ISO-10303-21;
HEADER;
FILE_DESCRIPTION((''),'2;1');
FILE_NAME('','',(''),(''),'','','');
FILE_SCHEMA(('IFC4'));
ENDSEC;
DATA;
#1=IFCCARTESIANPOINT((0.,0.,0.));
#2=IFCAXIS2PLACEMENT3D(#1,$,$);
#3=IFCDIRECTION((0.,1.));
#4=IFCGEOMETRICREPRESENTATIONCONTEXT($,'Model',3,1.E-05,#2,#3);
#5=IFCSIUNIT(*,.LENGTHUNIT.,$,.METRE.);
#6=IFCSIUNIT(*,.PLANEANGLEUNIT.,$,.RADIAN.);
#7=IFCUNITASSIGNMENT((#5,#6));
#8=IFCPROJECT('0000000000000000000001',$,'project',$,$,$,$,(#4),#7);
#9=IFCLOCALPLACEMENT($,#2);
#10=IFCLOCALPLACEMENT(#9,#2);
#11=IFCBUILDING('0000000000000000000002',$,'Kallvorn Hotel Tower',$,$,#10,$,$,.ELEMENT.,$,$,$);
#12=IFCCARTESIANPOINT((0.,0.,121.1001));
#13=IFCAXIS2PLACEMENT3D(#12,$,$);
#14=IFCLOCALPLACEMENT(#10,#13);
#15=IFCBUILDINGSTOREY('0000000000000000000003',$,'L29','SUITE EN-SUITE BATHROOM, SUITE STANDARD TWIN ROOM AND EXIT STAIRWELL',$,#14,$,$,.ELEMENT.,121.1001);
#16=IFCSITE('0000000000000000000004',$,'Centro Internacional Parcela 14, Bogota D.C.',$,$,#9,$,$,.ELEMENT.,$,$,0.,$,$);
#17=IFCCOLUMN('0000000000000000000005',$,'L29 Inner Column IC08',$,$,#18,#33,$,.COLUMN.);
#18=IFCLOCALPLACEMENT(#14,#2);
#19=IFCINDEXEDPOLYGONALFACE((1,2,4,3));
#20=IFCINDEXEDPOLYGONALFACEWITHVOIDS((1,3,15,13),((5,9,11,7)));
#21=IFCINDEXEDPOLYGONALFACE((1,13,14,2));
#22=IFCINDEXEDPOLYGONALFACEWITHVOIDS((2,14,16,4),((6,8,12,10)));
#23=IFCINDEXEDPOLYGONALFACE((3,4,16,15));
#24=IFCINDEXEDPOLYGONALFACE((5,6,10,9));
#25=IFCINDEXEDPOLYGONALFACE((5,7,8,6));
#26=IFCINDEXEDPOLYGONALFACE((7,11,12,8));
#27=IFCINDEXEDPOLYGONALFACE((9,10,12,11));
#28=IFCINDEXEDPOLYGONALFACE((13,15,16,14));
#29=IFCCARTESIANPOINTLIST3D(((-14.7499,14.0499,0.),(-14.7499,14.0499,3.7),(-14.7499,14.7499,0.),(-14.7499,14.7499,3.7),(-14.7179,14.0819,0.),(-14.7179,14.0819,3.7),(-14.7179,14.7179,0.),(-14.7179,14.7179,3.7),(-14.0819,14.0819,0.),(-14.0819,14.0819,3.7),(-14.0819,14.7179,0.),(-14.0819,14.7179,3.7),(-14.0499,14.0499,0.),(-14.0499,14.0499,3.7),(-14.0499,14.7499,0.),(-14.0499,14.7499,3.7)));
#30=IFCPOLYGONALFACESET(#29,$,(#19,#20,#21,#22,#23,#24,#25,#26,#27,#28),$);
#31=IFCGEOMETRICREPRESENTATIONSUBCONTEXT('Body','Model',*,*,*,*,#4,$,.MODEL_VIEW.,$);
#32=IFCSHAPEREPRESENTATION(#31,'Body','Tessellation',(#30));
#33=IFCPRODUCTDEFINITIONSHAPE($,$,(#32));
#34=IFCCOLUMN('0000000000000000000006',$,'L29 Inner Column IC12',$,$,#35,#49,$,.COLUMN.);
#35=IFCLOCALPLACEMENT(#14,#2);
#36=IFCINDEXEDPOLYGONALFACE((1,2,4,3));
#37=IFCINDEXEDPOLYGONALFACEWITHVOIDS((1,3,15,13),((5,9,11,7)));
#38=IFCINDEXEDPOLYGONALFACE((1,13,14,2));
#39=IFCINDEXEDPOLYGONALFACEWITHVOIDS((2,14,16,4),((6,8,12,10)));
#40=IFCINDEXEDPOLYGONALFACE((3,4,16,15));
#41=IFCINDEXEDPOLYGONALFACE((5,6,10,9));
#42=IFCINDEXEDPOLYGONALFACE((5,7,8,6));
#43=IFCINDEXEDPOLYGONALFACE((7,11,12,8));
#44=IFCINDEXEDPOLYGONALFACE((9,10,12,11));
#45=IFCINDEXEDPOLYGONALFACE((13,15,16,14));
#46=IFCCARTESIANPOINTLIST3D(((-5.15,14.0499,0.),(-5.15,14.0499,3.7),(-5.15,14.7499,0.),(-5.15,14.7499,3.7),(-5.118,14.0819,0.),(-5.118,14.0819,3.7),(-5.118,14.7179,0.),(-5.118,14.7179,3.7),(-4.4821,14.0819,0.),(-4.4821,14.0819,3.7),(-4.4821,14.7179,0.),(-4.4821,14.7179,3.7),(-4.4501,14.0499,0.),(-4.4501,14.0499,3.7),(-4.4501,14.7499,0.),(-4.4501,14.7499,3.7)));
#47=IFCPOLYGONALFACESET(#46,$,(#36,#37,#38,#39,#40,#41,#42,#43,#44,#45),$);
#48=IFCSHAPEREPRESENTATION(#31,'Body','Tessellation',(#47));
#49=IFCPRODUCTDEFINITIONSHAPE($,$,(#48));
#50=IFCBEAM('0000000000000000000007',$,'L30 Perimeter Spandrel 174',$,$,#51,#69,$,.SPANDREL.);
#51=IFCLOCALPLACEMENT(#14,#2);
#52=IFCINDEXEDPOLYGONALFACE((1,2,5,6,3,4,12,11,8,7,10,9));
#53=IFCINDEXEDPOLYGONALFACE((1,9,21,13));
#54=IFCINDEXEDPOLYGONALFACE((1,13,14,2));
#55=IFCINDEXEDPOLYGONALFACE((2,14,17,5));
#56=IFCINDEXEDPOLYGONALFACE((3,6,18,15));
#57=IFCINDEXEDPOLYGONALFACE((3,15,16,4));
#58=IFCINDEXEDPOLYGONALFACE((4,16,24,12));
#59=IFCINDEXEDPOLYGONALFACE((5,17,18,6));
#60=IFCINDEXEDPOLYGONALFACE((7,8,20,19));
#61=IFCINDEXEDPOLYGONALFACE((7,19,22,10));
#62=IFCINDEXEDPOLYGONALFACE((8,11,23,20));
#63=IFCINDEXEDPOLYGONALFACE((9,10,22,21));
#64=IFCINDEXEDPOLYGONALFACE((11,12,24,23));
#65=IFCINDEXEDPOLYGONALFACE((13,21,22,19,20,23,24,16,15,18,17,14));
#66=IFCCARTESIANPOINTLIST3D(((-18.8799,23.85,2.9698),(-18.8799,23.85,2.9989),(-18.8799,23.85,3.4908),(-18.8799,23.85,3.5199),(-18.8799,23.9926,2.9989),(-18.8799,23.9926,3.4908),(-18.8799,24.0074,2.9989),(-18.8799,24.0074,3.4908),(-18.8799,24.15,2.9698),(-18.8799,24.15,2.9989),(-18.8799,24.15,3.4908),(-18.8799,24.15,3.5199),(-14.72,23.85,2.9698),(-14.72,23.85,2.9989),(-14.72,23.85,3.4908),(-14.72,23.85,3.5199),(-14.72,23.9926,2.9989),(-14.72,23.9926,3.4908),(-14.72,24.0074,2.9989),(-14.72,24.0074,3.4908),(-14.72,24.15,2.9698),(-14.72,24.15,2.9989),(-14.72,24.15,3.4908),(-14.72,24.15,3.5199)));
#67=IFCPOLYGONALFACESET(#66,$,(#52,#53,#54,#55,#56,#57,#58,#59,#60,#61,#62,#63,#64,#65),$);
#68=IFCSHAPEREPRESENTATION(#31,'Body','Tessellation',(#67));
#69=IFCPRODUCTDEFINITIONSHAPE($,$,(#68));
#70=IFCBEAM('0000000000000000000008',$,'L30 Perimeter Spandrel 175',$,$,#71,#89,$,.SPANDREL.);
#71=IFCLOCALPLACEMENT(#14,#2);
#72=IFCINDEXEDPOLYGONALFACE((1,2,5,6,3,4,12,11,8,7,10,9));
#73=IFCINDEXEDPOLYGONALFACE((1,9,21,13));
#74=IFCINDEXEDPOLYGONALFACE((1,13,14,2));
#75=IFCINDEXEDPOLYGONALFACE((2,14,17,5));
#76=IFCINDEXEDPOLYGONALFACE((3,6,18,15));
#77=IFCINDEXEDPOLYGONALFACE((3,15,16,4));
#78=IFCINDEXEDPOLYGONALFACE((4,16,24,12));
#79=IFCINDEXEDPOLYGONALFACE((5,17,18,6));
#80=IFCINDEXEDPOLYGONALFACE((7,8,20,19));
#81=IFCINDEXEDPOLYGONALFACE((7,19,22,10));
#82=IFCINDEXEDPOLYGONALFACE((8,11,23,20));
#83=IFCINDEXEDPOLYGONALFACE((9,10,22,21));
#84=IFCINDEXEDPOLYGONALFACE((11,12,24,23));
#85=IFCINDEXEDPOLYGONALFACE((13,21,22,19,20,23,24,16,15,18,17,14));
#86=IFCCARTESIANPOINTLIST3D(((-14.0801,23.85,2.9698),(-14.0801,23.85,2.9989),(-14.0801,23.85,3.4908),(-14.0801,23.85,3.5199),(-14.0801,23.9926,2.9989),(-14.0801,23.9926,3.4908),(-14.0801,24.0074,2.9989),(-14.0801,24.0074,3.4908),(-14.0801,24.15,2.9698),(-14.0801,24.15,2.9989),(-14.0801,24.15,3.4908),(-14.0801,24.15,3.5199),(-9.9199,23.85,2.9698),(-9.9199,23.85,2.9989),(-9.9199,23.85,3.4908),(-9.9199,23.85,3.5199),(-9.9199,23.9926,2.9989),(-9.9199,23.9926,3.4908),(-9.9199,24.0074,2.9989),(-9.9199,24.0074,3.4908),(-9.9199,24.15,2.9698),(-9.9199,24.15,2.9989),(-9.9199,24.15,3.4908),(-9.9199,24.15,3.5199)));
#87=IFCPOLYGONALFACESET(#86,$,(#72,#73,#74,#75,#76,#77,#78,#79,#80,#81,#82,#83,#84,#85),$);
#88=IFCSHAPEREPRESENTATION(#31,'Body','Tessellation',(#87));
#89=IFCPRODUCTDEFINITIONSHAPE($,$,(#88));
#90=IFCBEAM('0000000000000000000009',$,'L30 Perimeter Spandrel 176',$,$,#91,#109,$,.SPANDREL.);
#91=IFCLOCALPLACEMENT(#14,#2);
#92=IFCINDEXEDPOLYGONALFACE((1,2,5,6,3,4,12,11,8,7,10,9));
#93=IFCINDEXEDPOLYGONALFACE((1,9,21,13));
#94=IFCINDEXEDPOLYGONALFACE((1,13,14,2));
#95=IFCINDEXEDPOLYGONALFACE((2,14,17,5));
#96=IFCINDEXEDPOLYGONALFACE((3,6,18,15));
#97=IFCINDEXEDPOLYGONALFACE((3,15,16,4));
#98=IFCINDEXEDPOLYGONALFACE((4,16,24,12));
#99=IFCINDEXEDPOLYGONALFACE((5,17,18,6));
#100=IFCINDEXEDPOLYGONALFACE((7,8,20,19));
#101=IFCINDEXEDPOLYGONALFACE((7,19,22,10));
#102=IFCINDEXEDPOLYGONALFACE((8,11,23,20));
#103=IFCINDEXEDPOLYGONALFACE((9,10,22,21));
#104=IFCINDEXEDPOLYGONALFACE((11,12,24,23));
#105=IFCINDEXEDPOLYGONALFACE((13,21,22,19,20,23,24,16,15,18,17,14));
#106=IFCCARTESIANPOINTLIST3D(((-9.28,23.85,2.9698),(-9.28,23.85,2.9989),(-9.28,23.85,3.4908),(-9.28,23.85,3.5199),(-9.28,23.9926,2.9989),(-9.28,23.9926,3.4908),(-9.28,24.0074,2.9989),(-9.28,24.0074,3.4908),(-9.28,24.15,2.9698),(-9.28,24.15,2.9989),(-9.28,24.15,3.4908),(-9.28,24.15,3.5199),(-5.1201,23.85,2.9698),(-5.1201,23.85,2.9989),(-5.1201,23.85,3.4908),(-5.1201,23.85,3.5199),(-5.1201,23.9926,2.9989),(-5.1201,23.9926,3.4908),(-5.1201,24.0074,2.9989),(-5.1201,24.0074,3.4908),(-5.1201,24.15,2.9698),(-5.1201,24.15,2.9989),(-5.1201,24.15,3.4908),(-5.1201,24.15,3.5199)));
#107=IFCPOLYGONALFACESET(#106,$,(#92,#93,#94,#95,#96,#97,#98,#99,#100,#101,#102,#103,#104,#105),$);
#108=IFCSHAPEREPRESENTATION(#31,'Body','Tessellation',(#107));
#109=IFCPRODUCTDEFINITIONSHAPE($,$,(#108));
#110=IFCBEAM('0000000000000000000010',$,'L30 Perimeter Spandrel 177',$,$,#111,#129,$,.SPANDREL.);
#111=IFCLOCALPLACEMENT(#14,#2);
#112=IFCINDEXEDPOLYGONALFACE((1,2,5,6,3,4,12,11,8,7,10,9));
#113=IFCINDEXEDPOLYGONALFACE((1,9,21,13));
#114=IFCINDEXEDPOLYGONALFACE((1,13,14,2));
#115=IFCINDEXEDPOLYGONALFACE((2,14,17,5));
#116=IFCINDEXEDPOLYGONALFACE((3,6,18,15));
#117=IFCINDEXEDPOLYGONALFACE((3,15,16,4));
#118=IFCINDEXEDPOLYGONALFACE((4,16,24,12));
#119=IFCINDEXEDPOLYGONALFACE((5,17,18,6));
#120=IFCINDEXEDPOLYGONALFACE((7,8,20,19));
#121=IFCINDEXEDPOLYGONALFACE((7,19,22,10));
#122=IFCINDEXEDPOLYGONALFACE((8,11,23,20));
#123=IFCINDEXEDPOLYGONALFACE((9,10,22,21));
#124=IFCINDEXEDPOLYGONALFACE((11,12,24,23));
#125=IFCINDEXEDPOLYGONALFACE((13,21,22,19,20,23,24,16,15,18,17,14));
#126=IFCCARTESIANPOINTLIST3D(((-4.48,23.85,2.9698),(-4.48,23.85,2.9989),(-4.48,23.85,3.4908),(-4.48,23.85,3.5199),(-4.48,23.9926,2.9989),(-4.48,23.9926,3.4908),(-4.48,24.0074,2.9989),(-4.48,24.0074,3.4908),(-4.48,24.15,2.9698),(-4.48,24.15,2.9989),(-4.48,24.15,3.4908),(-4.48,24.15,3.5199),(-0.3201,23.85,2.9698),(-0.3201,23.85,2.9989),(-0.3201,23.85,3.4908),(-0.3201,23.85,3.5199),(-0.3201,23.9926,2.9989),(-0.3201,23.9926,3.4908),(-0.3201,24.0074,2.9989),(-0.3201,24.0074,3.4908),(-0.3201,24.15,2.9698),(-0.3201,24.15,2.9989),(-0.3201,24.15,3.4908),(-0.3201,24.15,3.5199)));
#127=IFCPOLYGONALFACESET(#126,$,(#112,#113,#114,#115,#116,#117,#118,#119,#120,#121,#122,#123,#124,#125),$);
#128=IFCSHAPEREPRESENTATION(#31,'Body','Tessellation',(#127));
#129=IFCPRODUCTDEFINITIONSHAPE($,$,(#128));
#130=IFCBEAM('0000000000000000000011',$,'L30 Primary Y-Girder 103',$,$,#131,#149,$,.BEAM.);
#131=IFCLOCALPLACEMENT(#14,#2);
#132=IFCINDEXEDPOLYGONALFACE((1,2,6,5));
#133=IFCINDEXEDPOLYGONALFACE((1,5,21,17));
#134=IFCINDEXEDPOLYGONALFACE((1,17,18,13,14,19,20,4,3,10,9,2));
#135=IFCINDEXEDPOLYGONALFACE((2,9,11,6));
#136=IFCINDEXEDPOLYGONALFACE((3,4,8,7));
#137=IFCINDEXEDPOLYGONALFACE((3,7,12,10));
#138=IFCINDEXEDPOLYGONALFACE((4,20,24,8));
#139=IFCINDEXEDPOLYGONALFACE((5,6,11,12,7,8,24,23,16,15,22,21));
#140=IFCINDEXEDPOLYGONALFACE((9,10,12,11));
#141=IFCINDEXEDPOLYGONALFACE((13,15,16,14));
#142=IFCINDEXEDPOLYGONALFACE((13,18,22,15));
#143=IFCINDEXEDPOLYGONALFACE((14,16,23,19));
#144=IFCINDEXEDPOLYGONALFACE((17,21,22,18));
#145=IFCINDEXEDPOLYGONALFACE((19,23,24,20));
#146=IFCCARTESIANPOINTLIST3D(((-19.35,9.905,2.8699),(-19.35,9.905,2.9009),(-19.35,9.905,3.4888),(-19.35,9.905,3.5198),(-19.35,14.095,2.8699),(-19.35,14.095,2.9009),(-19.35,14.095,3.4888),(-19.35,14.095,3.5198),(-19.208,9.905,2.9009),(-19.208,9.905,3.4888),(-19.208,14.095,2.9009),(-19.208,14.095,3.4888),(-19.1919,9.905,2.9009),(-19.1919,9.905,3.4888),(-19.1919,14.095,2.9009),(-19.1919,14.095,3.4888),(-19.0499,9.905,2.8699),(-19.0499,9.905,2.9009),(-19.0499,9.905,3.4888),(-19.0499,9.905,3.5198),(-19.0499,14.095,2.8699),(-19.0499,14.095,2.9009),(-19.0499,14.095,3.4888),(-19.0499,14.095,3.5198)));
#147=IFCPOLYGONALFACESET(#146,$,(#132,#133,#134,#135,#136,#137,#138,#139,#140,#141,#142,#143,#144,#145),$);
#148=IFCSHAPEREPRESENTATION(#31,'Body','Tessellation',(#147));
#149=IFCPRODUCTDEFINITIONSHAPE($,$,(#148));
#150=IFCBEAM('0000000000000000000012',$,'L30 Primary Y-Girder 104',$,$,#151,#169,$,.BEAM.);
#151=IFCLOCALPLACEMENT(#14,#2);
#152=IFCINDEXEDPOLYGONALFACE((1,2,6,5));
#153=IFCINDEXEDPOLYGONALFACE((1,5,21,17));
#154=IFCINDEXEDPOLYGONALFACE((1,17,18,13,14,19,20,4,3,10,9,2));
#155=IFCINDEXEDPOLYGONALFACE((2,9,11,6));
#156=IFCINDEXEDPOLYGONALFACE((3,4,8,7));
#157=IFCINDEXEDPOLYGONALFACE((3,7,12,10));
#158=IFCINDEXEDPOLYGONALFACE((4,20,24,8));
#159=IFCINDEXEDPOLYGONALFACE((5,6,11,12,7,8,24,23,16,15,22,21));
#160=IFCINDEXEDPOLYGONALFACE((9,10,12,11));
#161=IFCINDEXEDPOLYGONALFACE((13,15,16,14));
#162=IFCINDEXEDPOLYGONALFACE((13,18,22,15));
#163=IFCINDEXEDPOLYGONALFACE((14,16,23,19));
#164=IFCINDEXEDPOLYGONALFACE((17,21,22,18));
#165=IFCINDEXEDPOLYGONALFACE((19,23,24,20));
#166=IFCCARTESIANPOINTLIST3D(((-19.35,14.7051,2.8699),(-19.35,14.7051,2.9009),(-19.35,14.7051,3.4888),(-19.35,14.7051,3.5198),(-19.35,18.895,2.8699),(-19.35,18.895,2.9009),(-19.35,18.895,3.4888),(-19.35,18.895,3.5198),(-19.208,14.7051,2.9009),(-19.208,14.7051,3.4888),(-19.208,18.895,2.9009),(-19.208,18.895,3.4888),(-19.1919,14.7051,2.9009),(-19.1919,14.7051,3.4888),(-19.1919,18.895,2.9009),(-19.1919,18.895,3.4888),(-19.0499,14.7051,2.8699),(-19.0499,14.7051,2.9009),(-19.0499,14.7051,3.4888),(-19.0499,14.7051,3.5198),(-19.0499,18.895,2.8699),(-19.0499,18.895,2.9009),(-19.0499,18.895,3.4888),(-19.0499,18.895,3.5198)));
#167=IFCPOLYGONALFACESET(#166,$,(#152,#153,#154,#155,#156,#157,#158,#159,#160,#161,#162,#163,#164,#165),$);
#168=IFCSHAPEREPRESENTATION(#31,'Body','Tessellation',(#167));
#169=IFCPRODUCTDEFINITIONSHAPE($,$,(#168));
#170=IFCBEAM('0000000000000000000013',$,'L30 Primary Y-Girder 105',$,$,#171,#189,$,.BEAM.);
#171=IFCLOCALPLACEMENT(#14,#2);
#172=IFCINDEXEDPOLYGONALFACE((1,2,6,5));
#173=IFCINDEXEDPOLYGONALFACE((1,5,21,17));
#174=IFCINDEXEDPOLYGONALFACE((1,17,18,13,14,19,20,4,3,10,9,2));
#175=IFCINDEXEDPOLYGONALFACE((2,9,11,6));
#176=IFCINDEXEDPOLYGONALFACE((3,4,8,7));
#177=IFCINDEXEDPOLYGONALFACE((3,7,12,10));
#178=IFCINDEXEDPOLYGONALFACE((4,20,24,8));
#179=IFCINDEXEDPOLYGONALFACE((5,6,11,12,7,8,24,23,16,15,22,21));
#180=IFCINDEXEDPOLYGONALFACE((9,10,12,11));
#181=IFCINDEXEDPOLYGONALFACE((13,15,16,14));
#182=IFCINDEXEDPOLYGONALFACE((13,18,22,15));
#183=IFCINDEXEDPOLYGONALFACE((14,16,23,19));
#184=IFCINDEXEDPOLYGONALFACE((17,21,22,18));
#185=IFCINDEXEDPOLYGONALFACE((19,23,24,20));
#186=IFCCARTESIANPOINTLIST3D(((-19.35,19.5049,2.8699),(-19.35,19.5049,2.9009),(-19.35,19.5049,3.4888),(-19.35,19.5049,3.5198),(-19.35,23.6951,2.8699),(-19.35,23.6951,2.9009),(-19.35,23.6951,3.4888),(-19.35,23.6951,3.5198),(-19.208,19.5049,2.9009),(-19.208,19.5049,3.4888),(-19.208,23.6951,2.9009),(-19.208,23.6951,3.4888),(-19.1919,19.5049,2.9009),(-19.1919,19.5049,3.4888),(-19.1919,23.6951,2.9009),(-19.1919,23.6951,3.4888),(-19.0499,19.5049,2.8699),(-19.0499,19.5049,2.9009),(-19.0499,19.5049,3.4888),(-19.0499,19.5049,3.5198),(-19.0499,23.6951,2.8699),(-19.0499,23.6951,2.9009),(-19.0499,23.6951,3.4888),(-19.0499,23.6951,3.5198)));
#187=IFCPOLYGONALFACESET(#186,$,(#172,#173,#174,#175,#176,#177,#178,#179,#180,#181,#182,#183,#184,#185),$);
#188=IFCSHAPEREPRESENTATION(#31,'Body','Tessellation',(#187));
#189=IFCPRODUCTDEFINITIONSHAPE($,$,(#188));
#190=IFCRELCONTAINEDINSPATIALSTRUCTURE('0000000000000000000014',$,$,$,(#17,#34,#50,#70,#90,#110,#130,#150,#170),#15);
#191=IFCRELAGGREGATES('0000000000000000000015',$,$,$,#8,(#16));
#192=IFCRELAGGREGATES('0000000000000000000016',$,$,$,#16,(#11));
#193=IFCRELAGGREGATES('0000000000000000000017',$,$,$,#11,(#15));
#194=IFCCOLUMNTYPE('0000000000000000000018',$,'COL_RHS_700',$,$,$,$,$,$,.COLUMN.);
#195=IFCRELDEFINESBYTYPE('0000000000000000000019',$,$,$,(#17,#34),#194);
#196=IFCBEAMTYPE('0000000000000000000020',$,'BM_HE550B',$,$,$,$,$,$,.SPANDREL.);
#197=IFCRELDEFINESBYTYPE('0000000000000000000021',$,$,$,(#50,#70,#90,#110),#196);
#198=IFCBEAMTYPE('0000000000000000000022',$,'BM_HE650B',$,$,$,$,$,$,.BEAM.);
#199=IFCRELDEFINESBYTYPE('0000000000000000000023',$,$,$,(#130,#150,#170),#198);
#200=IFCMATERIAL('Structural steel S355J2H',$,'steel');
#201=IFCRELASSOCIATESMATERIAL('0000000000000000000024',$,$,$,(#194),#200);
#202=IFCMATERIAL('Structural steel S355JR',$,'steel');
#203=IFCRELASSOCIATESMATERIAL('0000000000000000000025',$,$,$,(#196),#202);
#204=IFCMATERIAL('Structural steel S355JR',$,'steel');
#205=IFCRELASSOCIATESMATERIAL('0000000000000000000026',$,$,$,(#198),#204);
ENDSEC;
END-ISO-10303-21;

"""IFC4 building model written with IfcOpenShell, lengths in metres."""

from ifc_helpers import new_model, si_unit, direction, frame, origin, origin_2d, place, context, subcontext, project, spatial, hollow_rectangle, i_section, extrude, material, material_profile, profile_set, type_object, element, save


model = new_model("IFC4")

# Units and contexts
model_context = context("Model", 3, precision=1e-05, world=origin(), true_north=direction((0.0, 1.0)))
body_context = subcontext(model_context, "Body", "Model", "MODEL_VIEW")
ifc_project = project(units=[si_unit("LENGTHUNIT", "METRE"), si_unit("PLANEANGLEUNIT", "RADIAN")], contexts=[model_context])

# Site, building, storey
site_placement = place(None, origin())
site = spatial("IfcSite", under=ifc_project, at=site_placement, Name="Centro Internacional Parcela 14, Bogota D.C.", CompositionType="ELEMENT", RefElevation=0.0)
building_placement = place(site_placement, origin())
building = spatial("IfcBuilding", under=site, at=building_placement, Name="Kallvorn Hotel Tower", CompositionType="ELEMENT")
storey_placement = place(building_placement, frame((0.0, 0.0, 121.1001)))
storey = spatial("IfcBuildingStorey", under=building, at=storey_placement, Name="L29", Description="SUITE EN-SUITE BATHROOM, SUITE STANDARD TWIN ROOM AND EXIT STAIRWELL", CompositionType="ELEMENT", Elevation=121.1001)

# Columns
ifc_material_1 = material(Name="Structural steel S355J2H", Category="steel")
ifc_material_profile_1 = material_profile(ifc_material_1, hollow_rectangle(XDim=0.7, YDim=0.7, WallThickness=0.032, at=origin_2d()), Name="RHS 700x700x32")
ifc_profile_set_1 = profile_set([ifc_material_profile_1], Name="Structural steel S355J2H")
column_type_1 = type_object("IfcColumnType", Name="COL_RHS_700", PredefinedType="COLUMN", material=ifc_profile_set_1)
for number, where, z_axis, x_axis, name in (
    (1, (-14.3999, 14.3999, 0.0), (0.0, 0.0, 1.0), (1.0, 0.0, 0.0), "L29 Inner Column IC08"),
    (2, (-4.8, 14.3999, 0.0), (0.0, 0.0, 1.0), (1.0, 0.0, 0.0), "L29 Inner Column IC12"),
):
    element("IfcColumn", number, at=place(storey_placement, frame(where, z_axis=z_axis, x_axis=x_axis)), inside=storey, type_object=column_type_1, Name=name, PredefinedType="COLUMN", context=body_context, shape_type="SweptSolid", body=[
        extrude(hollow_rectangle(XDim=0.7, YDim=0.7, WallThickness=0.032, at=origin_2d()), origin(), (0.0, 0.0, 1.0), 3.7),
    ])

# Beams
ifc_material_2 = material(Name="Structural steel S355JR", Category="steel")
ifc_material_profile_2 = material_profile(ifc_material_2, i_section(OverallWidth=0.3, OverallDepth=0.55, WebThickness=0.0149, FlangeThickness=0.0291, at=origin_2d()), Name="HE 550 B")
ifc_profile_set_2 = profile_set([ifc_material_profile_2], Name="Structural steel S355JR")
beam_type_1 = type_object("IfcBeamType", Name="BM_HE550B", PredefinedType="SPANDREL", material=ifc_profile_set_2)
beam_1_placement = place(storey_placement, frame((-18.8799, 24.0, 3.2449), z_axis=(1.0, 0.0, 0.0), x_axis=(0.0, 1.0, 0.0)))
element("IfcBeam", 3, at=beam_1_placement, inside=storey, type_object=beam_type_1, Name="L30 Perimeter Spandrel 174", PredefinedType="SPANDREL", context=body_context, shape_type="SweptSolid", body=[
    extrude(i_section(OverallWidth=0.3, OverallDepth=0.55, WebThickness=0.0149, FlangeThickness=0.0291, at=origin_2d()), origin(), (0.0, 0.0, 1.0), 4.1599),
])
beam_2_placement = place(storey_placement, frame((-14.0801, 24.0, 3.2449), z_axis=(1.0, 0.0, 0.0), x_axis=(0.0, 1.0, 0.0)))
element("IfcBeam", 4, at=beam_2_placement, inside=storey, type_object=beam_type_1, Name="L30 Perimeter Spandrel 175", PredefinedType="SPANDREL", context=body_context, shape_type="SweptSolid", body=[
    extrude(i_section(OverallWidth=0.3, OverallDepth=0.55, WebThickness=0.0149, FlangeThickness=0.0291, at=origin_2d()), origin(), (0.0, 0.0, 1.0), 4.1602),
])
for number, where, z_axis, x_axis, name in (
    (5, (-9.28, 24.0, 3.2449), (1.0, 0.0, 0.0), (0.0, 1.0, 0.0), "L30 Perimeter Spandrel 176"),
    (6, (-4.48, 24.0, 3.2449), (1.0, 0.0, 0.0), (0.0, 1.0, 0.0), "L30 Perimeter Spandrel 177"),
):
    element("IfcBeam", number, at=place(storey_placement, frame(where, z_axis=z_axis, x_axis=x_axis)), inside=storey, type_object=beam_type_1, Name=name, PredefinedType="SPANDREL", context=body_context, shape_type="SweptSolid", body=[
        extrude(i_section(OverallWidth=0.3, OverallDepth=0.55, WebThickness=0.0149, FlangeThickness=0.0291, at=origin_2d()), origin(), (0.0, 0.0, 1.0), 4.1599),
    ])
ifc_material_3 = material(Name="Structural steel S355JR", Category="steel")
ifc_material_profile_3 = material_profile(ifc_material_3, i_section(OverallWidth=0.3, OverallDepth=0.6499, WebThickness=0.0161, FlangeThickness=0.031, at=origin_2d()), Name="HE 650 B")
ifc_profile_set_3 = profile_set([ifc_material_profile_3], Name="Structural steel S355JR")
beam_type_2 = type_object("IfcBeamType", Name="BM_HE650B", PredefinedType="BEAM", material=ifc_profile_set_3)
for number, where, z_axis, x_axis, name in (
    (7, (-19.2, 9.905, 3.1948), (0.0, 1.0, 0.0), (-1.0, 0.0, 0.0), "L30 Primary Y-Girder 103"),
    (8, (-19.2, 14.7051, 3.1948), (0.0, 1.0, 0.0), (-1.0, 0.0, 0.0), "L30 Primary Y-Girder 104"),
):
    element("IfcBeam", number, at=place(storey_placement, frame(where, z_axis=z_axis, x_axis=x_axis)), inside=storey, type_object=beam_type_2, Name=name, PredefinedType="BEAM", context=body_context, shape_type="SweptSolid", body=[
        extrude(i_section(OverallWidth=0.3, OverallDepth=0.6499, WebThickness=0.0161, FlangeThickness=0.031, at=origin_2d()), origin(), (0.0, 0.0, 1.0), 4.1899),
    ])
beam_3_placement = place(storey_placement, frame((-19.2, 19.5049, 3.1948), z_axis=(0.0, 1.0, 0.0), x_axis=(-1.0, 0.0, 0.0)))
element("IfcBeam", 9, at=beam_3_placement, inside=storey, type_object=beam_type_2, Name="L30 Primary Y-Girder 105", PredefinedType="BEAM", context=body_context, shape_type="SweptSolid", body=[
    extrude(i_section(OverallWidth=0.3, OverallDepth=0.6499, WebThickness=0.0161, FlangeThickness=0.031, at=origin_2d()), origin(), (0.0, 0.0, 1.0), 4.1902),
])

save(model, "model.ifc")
